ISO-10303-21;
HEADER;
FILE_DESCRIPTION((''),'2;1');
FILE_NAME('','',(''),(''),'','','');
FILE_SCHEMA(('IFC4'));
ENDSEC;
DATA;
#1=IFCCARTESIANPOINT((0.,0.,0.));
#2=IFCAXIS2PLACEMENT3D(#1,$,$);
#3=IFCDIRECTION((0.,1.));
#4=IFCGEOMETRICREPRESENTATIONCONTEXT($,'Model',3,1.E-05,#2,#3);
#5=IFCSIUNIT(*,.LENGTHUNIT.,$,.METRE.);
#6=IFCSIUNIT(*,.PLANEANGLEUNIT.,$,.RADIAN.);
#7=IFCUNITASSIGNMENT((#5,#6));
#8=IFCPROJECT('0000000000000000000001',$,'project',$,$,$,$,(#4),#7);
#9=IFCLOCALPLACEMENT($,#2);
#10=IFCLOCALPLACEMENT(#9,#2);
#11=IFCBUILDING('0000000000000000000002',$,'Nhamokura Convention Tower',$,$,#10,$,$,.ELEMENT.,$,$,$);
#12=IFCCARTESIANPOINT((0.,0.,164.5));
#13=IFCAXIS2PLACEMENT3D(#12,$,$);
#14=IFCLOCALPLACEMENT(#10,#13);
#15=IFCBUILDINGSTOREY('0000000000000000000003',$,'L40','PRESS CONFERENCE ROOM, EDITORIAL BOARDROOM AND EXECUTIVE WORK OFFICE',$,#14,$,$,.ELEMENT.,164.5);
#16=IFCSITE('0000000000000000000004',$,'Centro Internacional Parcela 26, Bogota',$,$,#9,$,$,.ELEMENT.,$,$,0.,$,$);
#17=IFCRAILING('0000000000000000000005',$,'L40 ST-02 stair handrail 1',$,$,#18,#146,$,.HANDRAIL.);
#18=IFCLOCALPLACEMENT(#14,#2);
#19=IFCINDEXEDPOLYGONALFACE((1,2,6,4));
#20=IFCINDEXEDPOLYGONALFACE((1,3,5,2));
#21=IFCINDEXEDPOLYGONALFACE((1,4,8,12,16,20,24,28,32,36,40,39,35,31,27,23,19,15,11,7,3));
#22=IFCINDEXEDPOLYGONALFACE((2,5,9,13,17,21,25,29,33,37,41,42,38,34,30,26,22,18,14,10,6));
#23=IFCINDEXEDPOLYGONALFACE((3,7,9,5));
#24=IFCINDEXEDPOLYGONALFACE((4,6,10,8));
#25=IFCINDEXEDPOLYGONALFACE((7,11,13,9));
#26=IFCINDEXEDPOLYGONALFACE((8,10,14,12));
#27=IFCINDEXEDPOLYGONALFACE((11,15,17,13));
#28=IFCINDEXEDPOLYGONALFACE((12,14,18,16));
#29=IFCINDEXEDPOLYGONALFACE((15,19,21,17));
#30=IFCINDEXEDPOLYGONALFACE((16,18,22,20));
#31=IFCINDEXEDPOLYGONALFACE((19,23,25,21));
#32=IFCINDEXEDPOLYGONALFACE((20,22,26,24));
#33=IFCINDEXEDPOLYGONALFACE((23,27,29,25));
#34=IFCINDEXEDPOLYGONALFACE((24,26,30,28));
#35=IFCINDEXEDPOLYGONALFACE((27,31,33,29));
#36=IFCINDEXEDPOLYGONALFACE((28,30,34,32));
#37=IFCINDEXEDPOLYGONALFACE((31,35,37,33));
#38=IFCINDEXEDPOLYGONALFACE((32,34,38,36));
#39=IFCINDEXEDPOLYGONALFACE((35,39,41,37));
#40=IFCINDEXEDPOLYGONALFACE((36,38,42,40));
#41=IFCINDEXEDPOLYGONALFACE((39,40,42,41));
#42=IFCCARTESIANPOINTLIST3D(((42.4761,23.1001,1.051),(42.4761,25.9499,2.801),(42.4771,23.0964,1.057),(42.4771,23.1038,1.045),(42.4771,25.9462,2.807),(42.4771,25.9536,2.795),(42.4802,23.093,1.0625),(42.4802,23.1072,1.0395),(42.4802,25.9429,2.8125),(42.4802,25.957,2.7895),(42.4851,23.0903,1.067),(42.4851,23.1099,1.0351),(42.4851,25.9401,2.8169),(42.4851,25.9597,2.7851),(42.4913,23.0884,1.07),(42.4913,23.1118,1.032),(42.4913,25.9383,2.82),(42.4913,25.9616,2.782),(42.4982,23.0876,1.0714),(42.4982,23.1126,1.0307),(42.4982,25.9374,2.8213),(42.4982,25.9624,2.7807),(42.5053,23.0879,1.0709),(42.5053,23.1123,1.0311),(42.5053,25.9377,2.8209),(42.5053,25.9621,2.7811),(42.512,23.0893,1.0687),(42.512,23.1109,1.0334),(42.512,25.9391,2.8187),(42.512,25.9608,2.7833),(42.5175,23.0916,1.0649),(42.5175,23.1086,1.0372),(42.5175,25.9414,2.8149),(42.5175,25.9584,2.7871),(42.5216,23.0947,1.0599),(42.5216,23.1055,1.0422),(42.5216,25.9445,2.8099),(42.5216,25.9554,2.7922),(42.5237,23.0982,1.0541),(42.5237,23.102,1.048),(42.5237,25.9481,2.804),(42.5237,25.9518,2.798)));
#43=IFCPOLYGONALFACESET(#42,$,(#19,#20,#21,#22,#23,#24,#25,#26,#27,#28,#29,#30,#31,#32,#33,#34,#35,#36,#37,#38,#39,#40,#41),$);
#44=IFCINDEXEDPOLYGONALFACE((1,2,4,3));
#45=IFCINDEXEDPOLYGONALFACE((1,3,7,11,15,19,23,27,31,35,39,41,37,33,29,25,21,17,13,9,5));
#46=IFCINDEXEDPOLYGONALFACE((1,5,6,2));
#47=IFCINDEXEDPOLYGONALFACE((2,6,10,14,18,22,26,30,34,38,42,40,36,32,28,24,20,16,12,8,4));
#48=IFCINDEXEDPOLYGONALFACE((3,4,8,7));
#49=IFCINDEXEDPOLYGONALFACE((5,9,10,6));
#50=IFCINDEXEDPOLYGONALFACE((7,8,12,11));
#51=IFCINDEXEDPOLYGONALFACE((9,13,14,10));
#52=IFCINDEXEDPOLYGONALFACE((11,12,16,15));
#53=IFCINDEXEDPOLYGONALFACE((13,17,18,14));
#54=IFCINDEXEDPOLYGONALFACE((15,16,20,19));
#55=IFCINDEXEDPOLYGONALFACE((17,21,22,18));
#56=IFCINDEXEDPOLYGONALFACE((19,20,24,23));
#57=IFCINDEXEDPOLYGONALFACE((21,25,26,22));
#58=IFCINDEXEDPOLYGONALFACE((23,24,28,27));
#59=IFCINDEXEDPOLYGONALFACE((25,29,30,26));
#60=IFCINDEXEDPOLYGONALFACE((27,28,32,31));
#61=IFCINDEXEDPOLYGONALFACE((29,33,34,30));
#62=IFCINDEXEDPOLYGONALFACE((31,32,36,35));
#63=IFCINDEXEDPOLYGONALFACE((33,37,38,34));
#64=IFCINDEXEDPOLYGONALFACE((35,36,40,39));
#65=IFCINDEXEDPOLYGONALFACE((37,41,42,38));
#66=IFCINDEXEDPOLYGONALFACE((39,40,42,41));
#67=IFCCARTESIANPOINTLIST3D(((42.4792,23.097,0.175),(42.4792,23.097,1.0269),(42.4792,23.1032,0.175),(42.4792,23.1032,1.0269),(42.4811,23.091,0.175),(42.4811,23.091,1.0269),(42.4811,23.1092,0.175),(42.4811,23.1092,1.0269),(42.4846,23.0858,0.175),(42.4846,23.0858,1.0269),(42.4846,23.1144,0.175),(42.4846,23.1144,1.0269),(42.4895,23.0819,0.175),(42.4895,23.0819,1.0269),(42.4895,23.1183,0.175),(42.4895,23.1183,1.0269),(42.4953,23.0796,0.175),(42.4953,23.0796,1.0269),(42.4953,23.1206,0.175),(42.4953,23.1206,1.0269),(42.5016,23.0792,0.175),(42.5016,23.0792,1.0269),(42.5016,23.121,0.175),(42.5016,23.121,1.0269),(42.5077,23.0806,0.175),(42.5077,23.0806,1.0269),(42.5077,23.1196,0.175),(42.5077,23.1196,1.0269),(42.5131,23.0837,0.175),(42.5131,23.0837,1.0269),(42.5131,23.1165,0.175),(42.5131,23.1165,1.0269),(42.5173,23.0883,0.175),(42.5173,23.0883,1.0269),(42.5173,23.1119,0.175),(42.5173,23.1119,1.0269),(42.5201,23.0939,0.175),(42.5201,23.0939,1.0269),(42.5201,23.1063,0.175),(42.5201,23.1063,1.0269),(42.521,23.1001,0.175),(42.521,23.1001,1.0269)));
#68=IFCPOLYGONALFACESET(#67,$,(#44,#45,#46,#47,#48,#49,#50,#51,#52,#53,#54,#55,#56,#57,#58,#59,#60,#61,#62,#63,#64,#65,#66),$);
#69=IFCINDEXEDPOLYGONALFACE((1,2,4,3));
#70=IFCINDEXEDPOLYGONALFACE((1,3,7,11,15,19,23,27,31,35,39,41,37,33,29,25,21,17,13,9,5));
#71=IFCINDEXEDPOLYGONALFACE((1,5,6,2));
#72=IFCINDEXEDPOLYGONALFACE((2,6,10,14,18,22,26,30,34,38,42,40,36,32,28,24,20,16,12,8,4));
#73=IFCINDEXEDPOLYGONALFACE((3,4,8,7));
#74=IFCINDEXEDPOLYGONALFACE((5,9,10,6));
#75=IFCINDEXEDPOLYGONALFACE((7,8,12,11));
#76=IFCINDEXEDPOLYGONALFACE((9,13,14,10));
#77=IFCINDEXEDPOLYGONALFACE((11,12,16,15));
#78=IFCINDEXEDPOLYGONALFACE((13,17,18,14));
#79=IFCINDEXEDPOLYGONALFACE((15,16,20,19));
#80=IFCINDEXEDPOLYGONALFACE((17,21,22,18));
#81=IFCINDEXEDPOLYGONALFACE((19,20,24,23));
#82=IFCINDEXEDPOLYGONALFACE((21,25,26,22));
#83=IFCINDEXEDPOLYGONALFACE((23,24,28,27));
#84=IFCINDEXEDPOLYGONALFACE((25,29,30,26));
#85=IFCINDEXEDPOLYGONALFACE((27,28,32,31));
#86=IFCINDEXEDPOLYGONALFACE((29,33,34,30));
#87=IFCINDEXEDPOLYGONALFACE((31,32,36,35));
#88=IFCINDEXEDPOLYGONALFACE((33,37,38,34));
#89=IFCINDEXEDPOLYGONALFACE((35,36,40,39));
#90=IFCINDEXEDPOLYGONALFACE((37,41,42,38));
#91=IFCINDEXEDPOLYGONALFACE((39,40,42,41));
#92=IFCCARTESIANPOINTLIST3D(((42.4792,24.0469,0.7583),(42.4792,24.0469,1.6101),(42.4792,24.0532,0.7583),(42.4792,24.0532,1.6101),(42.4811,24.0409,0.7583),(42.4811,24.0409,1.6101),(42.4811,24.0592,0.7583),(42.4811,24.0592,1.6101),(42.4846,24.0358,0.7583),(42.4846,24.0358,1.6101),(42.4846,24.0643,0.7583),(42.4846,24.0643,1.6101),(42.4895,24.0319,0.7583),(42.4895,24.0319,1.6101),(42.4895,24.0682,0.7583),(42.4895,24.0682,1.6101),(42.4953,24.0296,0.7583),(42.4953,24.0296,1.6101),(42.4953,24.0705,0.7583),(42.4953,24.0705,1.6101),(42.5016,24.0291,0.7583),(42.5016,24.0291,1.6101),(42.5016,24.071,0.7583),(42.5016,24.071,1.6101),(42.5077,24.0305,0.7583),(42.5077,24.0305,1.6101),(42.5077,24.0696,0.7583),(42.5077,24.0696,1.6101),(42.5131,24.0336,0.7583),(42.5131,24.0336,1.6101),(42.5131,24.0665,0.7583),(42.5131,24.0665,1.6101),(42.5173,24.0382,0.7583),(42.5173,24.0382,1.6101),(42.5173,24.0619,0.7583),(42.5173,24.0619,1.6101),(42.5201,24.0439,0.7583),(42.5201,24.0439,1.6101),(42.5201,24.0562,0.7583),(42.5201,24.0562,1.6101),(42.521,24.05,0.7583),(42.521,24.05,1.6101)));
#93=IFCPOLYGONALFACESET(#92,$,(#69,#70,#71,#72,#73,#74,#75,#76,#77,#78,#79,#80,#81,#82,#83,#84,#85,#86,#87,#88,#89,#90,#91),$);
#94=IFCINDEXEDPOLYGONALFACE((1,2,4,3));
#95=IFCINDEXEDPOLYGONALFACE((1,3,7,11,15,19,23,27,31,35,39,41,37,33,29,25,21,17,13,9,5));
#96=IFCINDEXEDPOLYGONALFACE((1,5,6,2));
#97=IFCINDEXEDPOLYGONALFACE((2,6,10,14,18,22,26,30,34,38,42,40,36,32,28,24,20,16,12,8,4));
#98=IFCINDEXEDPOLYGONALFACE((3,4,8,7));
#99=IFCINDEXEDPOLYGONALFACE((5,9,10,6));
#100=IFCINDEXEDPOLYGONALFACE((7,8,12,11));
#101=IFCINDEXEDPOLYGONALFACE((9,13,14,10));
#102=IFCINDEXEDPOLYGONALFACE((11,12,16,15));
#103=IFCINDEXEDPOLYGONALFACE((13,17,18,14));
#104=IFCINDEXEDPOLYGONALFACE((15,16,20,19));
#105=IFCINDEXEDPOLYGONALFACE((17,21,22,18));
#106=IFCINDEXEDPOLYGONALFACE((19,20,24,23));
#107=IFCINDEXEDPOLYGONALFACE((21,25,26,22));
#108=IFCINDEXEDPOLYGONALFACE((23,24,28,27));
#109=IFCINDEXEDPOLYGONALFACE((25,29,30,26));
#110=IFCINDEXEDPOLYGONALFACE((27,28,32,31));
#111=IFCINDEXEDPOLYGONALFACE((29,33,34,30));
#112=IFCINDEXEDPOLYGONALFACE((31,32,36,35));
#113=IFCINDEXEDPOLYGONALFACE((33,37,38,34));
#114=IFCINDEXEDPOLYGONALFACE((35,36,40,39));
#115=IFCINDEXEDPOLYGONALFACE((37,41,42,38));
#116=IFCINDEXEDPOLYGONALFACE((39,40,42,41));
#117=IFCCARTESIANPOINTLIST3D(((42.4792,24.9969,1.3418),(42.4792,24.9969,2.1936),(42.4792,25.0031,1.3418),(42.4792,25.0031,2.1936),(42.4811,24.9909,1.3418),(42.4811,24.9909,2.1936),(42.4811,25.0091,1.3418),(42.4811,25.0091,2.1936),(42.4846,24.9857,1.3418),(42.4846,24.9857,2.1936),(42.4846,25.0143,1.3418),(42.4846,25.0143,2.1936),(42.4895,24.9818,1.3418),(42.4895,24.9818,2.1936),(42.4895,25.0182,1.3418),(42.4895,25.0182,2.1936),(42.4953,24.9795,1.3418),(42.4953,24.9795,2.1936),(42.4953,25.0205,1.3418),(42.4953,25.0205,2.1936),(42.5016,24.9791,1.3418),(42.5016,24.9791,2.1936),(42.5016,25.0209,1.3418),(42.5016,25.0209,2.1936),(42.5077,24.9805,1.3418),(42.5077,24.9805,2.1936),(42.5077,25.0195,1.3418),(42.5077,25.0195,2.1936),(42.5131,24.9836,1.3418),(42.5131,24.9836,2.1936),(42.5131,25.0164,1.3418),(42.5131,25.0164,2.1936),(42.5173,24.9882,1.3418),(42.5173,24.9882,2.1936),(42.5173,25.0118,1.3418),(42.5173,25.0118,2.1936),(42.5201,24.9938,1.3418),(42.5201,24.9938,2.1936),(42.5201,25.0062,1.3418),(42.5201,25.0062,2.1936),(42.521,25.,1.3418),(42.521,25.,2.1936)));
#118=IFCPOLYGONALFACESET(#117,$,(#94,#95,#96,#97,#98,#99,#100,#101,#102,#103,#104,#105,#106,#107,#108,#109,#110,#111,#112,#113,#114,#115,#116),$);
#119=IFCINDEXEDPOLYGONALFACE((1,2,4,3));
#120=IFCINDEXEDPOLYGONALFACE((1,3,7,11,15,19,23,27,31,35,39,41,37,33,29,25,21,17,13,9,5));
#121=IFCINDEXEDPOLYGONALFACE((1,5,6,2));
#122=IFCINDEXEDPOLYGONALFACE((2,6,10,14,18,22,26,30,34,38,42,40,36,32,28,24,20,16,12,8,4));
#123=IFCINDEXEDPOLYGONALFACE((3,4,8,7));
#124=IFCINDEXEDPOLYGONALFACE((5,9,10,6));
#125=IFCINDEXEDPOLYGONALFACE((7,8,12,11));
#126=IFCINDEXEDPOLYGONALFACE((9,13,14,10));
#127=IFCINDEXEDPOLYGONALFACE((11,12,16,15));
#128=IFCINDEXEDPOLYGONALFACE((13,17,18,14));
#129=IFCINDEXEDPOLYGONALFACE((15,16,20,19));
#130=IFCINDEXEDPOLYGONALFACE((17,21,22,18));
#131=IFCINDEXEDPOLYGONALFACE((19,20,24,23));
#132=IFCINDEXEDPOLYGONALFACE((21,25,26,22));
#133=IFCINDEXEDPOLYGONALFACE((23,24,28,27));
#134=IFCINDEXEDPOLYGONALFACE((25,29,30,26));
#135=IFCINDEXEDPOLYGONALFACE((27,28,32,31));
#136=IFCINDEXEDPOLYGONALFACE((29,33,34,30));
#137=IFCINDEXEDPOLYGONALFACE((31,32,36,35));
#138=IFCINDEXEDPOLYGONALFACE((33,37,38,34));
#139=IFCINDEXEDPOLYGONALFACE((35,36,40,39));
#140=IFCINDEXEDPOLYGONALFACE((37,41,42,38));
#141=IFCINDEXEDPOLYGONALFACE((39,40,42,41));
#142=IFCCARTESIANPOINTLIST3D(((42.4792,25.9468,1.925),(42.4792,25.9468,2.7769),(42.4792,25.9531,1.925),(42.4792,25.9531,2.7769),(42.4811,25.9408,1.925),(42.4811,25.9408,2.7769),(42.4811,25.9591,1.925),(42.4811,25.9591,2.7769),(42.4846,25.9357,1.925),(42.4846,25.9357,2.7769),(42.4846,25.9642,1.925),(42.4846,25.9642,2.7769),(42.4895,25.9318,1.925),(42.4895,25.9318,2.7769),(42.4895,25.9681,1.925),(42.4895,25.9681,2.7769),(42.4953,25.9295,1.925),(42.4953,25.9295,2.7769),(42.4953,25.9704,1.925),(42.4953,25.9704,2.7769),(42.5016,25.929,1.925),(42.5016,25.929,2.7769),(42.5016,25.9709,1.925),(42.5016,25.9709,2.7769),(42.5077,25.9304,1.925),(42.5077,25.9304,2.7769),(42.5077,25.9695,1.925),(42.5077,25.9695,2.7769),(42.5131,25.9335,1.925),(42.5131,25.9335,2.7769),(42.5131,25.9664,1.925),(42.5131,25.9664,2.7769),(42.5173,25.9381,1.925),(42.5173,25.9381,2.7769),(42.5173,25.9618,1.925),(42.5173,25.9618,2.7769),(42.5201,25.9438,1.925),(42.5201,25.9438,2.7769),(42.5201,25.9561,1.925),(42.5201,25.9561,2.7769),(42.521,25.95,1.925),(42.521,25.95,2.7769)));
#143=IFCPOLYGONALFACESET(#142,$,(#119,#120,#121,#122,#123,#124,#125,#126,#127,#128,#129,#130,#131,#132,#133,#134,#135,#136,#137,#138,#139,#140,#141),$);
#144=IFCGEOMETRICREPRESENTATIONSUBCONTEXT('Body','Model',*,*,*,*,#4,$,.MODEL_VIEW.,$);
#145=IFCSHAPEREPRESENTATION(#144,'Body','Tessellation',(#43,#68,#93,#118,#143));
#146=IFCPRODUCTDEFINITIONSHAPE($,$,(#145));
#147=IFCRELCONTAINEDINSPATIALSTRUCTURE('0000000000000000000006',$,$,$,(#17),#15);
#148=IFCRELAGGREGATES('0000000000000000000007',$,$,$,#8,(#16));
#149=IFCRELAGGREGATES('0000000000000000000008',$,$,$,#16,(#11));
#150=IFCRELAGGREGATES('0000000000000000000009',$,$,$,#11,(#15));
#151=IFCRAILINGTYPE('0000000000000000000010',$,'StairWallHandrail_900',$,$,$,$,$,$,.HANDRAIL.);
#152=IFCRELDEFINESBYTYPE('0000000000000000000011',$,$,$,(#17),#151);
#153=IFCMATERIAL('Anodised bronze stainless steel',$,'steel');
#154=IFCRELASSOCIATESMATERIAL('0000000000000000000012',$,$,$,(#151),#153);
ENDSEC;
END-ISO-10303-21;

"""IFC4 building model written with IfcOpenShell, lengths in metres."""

from ifc_helpers import new_model, si_unit, direction, frame, origin, origin_2d, place, context, subcontext, project, spatial, circle, extrude, material, type_object, element, save


model = new_model("IFC4")

# Units and contexts
model_context = context("Model", 3, precision=1e-05, world=origin(), true_north=direction((0.0, 1.0)))
body_context = subcontext(model_context, "Body", "Model", "MODEL_VIEW")
ifc_project = project(units=[si_unit("LENGTHUNIT", "METRE"), si_unit("PLANEANGLEUNIT", "RADIAN")], contexts=[model_context])

# Site, building, storey
site_placement = place(None, origin())
site = spatial("IfcSite", under=ifc_project, at=site_placement, Name="Centro Internacional Parcela 26, Bogota", CompositionType="ELEMENT", RefElevation=0.0)
building_placement = place(site_placement, origin())
building = spatial("IfcBuilding", under=site, at=building_placement, Name="Nhamokura Convention Tower", CompositionType="ELEMENT")
storey_placement = place(building_placement, frame((0.0, 0.0, 164.5)))
storey = spatial("IfcBuildingStorey", under=building, at=storey_placement, Name="L40", Description="PRESS CONFERENCE ROOM, EDITORIAL BOARDROOM AND EXECUTIVE WORK OFFICE", CompositionType="ELEMENT", Elevation=164.5)

# Railing
ifc_material_1 = material(Name="Anodised bronze stainless steel", Category="steel")
railing_type_1 = type_object("IfcRailingType", Name="StairWallHandrail_900", PredefinedType="HANDRAIL", material=ifc_material_1)
railing_1_placement = place(storey_placement, frame((42.5, 23.1001, 0.175)))
element("IfcRailing", 1, at=railing_1_placement, inside=storey, type_object=railing_type_1, Name="L40 ST-02 stair handrail 1", PredefinedType="HANDRAIL", context=body_context, shape_type="SweptSolid", body=[
    extrude(circle(Radius=0.0239, at=origin_2d()), frame((0.0, 0.0, 0.876), z_axis=(0.0, 0.852159, 0.523283), x_axis=(-1.0, 0.0, 0.0)), (0.0, 0.0, 1.0), 3.3442),
    extrude(circle(Radius=0.021, at=origin_2d()), origin(), (0.0, 0.0, 1.0), 0.8518),
    extrude(circle(Radius=0.021, at=origin_2d()), frame((0.0, 0.95, 0.5833)), (0.0, 0.0, 1.0), 0.8518),
    extrude(circle(Radius=0.021, at=origin_2d()), frame((0.0, 1.8999, 1.1667)), (0.0, 0.0, 1.0), 0.8518),
    extrude(circle(Radius=0.021, at=origin_2d()), frame((0.0, 2.8499, 1.75)), (0.0, 0.0, 1.0), 0.8518),
])

save(model, "model.ifc")
